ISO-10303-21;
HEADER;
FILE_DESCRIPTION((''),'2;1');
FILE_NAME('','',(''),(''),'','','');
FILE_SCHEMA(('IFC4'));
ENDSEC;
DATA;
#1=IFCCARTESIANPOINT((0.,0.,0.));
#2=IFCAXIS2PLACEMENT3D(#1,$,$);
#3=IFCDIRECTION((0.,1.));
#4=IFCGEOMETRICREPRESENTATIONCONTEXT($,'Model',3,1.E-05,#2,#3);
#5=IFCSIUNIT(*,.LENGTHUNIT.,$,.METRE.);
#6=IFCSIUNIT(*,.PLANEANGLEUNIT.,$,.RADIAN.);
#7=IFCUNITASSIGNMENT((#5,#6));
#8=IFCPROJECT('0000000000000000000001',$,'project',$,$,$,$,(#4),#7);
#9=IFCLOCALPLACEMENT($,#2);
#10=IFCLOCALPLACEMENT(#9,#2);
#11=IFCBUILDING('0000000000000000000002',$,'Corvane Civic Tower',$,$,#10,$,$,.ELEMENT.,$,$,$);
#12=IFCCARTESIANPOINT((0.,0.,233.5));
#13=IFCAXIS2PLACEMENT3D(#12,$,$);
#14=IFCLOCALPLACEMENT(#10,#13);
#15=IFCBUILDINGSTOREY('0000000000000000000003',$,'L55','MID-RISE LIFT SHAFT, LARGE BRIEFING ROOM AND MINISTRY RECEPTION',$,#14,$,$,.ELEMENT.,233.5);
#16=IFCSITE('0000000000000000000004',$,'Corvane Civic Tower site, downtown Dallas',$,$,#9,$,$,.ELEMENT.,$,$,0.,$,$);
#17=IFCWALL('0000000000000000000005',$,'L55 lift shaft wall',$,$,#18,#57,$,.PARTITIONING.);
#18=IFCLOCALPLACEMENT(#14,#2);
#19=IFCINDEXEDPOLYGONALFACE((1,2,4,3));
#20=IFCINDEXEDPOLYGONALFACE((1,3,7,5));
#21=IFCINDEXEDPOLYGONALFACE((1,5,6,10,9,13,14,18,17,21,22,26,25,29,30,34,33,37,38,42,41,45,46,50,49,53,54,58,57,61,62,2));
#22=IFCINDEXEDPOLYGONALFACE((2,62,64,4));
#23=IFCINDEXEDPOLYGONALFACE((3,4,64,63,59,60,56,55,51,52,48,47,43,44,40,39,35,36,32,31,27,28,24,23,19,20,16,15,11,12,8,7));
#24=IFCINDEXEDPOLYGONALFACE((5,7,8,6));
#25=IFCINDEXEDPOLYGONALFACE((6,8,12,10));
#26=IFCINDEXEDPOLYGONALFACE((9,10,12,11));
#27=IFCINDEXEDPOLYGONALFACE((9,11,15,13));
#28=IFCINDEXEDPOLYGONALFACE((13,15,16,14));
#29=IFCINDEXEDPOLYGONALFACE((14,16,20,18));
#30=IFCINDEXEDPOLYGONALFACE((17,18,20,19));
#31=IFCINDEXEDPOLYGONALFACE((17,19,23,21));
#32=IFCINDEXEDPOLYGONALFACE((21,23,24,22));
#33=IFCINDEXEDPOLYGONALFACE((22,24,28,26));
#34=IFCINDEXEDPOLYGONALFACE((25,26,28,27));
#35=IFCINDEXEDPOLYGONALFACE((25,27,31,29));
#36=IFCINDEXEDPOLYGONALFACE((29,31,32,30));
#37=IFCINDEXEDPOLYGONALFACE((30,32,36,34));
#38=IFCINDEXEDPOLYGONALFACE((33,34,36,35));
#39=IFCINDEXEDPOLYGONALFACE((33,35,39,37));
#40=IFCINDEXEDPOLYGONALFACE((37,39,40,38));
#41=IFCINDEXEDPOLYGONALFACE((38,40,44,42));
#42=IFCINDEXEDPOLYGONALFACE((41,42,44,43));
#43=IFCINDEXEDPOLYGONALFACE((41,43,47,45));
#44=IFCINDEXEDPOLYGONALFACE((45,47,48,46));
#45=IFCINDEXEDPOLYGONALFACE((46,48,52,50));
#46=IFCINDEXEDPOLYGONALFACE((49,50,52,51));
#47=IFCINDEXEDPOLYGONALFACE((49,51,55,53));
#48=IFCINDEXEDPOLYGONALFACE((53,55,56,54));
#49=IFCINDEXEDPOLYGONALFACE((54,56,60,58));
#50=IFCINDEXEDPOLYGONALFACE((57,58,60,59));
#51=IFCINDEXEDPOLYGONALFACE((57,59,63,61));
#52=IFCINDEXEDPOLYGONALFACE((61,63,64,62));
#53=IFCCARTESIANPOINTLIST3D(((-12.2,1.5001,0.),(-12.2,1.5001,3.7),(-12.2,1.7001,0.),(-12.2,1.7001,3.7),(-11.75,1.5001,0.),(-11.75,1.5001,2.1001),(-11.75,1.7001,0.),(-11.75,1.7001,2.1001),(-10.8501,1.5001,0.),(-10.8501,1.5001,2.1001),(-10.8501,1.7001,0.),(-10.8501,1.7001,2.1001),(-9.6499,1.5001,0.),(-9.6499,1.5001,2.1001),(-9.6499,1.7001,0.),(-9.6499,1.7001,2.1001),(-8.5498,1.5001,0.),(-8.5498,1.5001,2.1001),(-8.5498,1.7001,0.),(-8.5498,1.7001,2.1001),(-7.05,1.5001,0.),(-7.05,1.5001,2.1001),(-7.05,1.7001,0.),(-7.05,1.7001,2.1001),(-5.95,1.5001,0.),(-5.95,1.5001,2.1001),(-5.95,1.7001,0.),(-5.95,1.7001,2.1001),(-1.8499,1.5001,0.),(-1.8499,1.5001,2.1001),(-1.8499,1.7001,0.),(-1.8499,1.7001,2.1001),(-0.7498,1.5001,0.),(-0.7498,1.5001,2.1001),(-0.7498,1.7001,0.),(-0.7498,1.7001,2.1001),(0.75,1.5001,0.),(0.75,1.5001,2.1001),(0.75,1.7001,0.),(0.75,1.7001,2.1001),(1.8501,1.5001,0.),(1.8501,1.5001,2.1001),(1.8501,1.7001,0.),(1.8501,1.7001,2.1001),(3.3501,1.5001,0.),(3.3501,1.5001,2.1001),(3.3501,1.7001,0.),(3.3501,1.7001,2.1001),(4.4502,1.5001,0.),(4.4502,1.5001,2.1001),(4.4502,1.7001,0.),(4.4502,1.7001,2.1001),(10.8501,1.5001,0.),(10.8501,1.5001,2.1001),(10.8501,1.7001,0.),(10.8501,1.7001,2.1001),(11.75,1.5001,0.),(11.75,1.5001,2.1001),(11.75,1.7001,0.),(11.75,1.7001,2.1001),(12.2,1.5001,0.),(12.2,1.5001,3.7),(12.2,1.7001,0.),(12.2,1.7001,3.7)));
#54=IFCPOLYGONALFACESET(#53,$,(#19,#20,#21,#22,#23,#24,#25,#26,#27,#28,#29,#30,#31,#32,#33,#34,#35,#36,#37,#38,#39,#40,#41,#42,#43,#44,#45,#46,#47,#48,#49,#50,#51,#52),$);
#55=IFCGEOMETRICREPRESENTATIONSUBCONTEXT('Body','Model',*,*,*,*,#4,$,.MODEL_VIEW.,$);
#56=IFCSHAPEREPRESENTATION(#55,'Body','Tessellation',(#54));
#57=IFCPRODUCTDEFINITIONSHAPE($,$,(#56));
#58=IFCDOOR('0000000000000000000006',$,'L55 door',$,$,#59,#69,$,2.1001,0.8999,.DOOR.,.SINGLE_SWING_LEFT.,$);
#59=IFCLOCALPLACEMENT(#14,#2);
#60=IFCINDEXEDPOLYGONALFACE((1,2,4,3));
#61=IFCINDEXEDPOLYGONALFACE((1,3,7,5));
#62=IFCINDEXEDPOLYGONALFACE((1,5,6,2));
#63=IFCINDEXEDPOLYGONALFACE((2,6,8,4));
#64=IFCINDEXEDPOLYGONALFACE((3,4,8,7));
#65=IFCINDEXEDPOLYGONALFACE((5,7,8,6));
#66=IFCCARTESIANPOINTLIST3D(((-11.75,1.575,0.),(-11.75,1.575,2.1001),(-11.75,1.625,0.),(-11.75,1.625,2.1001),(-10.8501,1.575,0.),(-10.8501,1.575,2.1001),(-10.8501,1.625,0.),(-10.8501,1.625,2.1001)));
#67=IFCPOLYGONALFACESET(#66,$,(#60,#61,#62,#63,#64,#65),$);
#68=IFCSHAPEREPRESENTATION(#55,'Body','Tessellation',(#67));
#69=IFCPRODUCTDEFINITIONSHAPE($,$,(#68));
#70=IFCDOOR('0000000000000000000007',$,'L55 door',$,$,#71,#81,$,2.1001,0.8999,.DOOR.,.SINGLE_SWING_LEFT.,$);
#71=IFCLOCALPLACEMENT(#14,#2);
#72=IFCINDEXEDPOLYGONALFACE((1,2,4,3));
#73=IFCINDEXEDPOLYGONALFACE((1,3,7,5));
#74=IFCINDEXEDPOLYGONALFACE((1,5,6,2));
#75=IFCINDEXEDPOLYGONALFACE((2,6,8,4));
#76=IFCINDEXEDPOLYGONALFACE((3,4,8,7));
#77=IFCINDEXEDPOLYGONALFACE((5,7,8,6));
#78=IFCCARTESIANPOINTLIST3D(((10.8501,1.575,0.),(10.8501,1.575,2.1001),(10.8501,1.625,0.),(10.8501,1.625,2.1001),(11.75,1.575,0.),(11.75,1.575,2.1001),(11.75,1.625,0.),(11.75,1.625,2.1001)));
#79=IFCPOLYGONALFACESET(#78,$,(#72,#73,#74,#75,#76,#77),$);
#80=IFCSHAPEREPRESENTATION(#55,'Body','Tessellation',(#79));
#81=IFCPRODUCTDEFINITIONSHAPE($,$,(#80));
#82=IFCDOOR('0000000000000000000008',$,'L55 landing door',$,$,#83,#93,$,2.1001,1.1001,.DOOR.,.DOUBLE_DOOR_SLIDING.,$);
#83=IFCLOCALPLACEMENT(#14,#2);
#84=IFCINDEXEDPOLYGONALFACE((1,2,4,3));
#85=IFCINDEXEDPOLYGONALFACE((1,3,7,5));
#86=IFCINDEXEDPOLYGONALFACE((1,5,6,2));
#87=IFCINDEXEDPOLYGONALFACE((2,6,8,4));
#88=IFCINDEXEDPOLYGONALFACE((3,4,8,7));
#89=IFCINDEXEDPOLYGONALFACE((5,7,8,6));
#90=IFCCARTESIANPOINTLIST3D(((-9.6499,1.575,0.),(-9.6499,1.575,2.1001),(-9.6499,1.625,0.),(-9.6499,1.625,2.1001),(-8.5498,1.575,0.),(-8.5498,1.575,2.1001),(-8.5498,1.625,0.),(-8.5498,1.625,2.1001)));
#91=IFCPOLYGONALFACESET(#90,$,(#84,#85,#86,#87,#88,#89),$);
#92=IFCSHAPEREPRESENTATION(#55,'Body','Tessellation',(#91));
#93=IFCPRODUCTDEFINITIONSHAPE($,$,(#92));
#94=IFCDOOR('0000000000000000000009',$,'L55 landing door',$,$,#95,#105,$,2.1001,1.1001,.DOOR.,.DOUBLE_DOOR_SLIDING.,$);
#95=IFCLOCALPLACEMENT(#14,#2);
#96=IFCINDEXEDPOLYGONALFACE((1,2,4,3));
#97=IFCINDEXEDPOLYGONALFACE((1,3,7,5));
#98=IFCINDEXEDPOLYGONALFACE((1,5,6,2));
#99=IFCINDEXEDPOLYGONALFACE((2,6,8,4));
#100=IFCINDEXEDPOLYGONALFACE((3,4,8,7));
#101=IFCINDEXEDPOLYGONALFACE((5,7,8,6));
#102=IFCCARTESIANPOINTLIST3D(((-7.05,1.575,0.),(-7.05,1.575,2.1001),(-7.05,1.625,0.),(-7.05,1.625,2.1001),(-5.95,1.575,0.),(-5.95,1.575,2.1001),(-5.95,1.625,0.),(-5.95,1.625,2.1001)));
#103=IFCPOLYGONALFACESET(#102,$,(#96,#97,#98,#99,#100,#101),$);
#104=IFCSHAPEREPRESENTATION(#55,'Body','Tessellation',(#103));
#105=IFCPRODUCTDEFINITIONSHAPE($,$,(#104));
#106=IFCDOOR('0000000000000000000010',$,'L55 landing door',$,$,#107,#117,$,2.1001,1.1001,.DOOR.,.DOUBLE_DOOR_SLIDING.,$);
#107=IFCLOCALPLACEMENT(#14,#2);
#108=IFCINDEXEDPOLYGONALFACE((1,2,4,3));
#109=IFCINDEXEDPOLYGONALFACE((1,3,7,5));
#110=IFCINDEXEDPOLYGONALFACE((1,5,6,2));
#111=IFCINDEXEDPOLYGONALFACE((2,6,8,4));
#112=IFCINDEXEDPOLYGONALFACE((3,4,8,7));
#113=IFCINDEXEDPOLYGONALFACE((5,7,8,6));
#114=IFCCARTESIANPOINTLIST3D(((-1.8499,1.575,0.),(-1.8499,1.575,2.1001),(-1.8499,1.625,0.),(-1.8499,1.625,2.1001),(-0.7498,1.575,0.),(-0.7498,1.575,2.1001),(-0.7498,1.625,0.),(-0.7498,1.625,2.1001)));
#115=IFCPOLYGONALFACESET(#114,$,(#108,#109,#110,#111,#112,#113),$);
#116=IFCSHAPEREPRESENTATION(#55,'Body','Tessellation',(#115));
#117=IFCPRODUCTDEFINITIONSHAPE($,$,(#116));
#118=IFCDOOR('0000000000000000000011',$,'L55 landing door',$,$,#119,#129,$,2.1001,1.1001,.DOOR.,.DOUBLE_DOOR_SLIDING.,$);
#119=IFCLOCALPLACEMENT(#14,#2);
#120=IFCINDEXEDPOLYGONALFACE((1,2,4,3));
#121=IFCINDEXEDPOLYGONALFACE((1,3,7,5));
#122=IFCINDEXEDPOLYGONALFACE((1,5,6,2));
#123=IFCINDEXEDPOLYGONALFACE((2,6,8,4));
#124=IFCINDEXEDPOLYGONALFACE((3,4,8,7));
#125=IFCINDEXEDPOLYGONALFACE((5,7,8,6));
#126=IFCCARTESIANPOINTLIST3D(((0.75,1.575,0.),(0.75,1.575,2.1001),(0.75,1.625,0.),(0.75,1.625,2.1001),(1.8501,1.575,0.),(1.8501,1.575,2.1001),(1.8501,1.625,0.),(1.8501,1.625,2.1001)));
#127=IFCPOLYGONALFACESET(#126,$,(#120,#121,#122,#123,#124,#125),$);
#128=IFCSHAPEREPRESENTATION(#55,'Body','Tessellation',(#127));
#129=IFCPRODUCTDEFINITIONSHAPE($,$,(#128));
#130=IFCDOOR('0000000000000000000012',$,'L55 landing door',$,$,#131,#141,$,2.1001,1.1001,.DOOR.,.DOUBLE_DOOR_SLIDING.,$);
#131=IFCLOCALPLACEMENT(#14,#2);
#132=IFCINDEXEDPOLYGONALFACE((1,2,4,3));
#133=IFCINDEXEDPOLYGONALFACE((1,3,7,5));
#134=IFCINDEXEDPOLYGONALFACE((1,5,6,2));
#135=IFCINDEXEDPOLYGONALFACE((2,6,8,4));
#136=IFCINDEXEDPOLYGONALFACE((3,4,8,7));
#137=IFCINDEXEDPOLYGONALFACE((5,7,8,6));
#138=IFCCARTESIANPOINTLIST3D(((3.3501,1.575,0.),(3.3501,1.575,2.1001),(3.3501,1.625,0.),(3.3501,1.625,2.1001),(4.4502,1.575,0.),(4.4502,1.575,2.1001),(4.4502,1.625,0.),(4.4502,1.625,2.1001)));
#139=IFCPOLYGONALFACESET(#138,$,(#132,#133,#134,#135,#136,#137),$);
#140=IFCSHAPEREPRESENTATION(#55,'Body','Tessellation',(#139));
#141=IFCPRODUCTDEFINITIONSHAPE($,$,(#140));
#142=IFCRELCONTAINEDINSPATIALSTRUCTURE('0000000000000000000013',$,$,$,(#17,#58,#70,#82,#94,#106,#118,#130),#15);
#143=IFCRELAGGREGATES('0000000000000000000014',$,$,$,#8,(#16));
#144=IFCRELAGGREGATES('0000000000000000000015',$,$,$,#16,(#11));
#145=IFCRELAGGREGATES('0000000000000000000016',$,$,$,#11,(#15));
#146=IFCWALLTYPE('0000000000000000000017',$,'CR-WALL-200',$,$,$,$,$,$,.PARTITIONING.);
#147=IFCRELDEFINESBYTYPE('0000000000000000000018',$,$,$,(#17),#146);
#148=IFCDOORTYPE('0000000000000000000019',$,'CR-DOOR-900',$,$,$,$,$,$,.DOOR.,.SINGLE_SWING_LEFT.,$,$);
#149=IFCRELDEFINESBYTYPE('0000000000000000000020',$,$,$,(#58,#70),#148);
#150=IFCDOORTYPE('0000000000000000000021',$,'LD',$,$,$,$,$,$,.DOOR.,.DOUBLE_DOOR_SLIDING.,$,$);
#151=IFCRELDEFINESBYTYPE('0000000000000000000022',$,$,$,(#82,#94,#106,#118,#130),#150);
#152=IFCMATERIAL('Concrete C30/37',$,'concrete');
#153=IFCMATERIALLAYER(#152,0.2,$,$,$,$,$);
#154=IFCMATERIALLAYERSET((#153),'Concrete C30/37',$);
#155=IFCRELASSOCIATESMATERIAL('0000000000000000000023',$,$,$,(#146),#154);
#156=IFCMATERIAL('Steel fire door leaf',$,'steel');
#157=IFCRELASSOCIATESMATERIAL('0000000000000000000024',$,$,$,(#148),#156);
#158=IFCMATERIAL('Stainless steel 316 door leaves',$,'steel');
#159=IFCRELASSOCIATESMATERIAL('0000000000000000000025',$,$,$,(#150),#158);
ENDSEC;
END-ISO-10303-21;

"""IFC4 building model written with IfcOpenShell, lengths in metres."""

from ifc_helpers import new_model, si_unit, direction, frame, frame_2d, origin, place, context, subcontext, project, spatial, rectangle, extrude, material, layer, layer_set, type_object, element, fill, save


model = new_model("IFC4")

# Units and contexts
model_context = context("Model", 3, precision=1e-05, world=origin(), true_north=direction((0.0, 1.0)))
body_context = subcontext(model_context, "Body", "Model", "MODEL_VIEW")
ifc_project = project(units=[si_unit("LENGTHUNIT", "METRE"), si_unit("PLANEANGLEUNIT", "RADIAN")], contexts=[model_context])

# Site, building, storey
site_placement = place(None, origin())
site = spatial("IfcSite", under=ifc_project, at=site_placement, Name="Corvane Civic Tower site, downtown Dallas", CompositionType="ELEMENT", RefElevation=0.0)
building_placement = place(site_placement, origin())
building = spatial("IfcBuilding", under=site, at=building_placement, Name="Corvane Civic Tower", CompositionType="ELEMENT")
storey_placement = place(building_placement, frame((0.0, 0.0, 233.5)))
storey = spatial("IfcBuildingStorey", under=building, at=storey_placement, Name="L55", Description="MID-RISE LIFT SHAFT, LARGE BRIEFING ROOM AND MINISTRY RECEPTION", CompositionType="ELEMENT", Elevation=233.5)

# Wall, openings, doors
ifc_material_1 = material(Name="Concrete C30/37", Category="concrete")
ifc_layer_1 = layer(ifc_material_1, 0.2)
ifc_layer_set_1 = layer_set([ifc_layer_1], Name="Concrete C30/37")
wall_type_1 = type_object("IfcWallType", Name="CR-WALL-200", PredefinedType="PARTITIONING", material=ifc_layer_set_1)
wall_1_placement = place(storey_placement, frame((-12.2, 1.6001, 0.0), z_axis=(0.0, 0.0, 1.0), x_axis=(1.0, 0.0, 0.0)))
wall_1 = element("IfcWall", 1, at=wall_1_placement, inside=storey, type_object=wall_type_1, Name="L55 lift shaft wall", PredefinedType="PARTITIONING", context=body_context, shape_type="SweptSolid", body=[
    extrude(rectangle(XDim=24.3999, YDim=0.2, at=frame_2d((12.2, 0.0))), origin(), (0.0, 0.0, 1.0), 3.7),
])
opening_1_placement = place(wall_1_placement, frame((2.55, 0.0, 0.0)))
opening_1 = element("IfcOpeningElement", 2, at=opening_1_placement, cuts=wall_1, PredefinedType="OPENING", context=body_context, shape_type="SweptSolid", body=[
    extrude(rectangle(XDim=1.1001, YDim=2.1001, at=frame_2d((0.55, 1.05))), frame((0.0, 0.1099, 0.0), z_axis=(0.0, -1.0, 0.0), x_axis=(1.0, 0.0, 0.0)), (0.0, 0.0, 1.0), 0.22),
])
opening_2_placement = place(wall_1_placement, frame((5.1499, 0.0, 0.0)))
opening_2 = element("IfcOpeningElement", 3, at=opening_2_placement, cuts=wall_1, PredefinedType="OPENING", context=body_context, shape_type="SweptSolid", body=[
    extrude(rectangle(XDim=1.1001, YDim=2.1001, at=frame_2d((0.55, 1.05))), frame((0.0, 0.1099, 0.0), z_axis=(0.0, -1.0, 0.0), x_axis=(1.0, 0.0, 0.0)), (0.0, 0.0, 1.0), 0.22),
])
opening_3_placement = place(wall_1_placement, frame((10.3501, 0.0, 0.0)))
opening_3 = element("IfcOpeningElement", 4, at=opening_3_placement, cuts=wall_1, PredefinedType="OPENING", context=body_context, shape_type="SweptSolid", body=[
    extrude(rectangle(XDim=1.1001, YDim=2.1001, at=frame_2d((0.55, 1.05))), frame((0.0, 0.1099, 0.0), z_axis=(0.0, -1.0, 0.0), x_axis=(1.0, 0.0, 0.0)), (0.0, 0.0, 1.0), 0.22),
])
opening_4_placement = place(wall_1_placement, frame((12.95, 0.0, 0.0)))
opening_4 = element("IfcOpeningElement", 5, at=opening_4_placement, cuts=wall_1, PredefinedType="OPENING", context=body_context, shape_type="SweptSolid", body=[
    extrude(rectangle(XDim=1.1001, YDim=2.1001, at=frame_2d((0.55, 1.05))), frame((0.0, 0.1099, 0.0), z_axis=(0.0, -1.0, 0.0), x_axis=(1.0, 0.0, 0.0)), (0.0, 0.0, 1.0), 0.22),
])
opening_5_placement = place(wall_1_placement, frame((15.55, 0.0, 0.0)))
opening_5 = element("IfcOpeningElement", 6, at=opening_5_placement, cuts=wall_1, PredefinedType="OPENING", context=body_context, shape_type="SweptSolid", body=[
    extrude(rectangle(XDim=1.1001, YDim=2.1001, at=frame_2d((0.55, 1.05))), frame((0.0, 0.1099, 0.0), z_axis=(0.0, -1.0, 0.0), x_axis=(1.0, 0.0, 0.0)), (0.0, 0.0, 1.0), 0.22),
])
opening_6_placement = place(wall_1_placement, frame((0.45, 0.0, 0.0)))
opening_6 = element("IfcOpeningElement", 7, at=opening_6_placement, cuts=wall_1, PredefinedType="OPENING", context=body_context, shape_type="SweptSolid", body=[
    extrude(rectangle(XDim=0.8999, YDim=2.1001, at=frame_2d((0.45, 1.05))), frame((0.0, 0.1099, 0.0), z_axis=(0.0, -1.0, 0.0), x_axis=(1.0, 0.0, 0.0)), (0.0, 0.0, 1.0), 0.22),
])
opening_7_placement = place(wall_1_placement, frame((23.05, 0.0, 0.0)))
opening_7 = element("IfcOpeningElement", 8, at=opening_7_placement, cuts=wall_1, PredefinedType="OPENING", context=body_context, shape_type="SweptSolid", body=[
    extrude(rectangle(XDim=0.8999, YDim=2.1001, at=frame_2d((0.45, 1.05))), frame((0.0, 0.1099, 0.0), z_axis=(0.0, -1.0, 0.0), x_axis=(1.0, 0.0, 0.0)), (0.0, 0.0, 1.0), 0.22),
])
ifc_material_2 = material(Name="Steel fire door leaf", Category="steel")
door_type_1 = type_object("IfcDoorType", Name="CR-DOOR-900", OperationType="SINGLE_SWING_LEFT", PredefinedType="DOOR", material=ifc_material_2)
door_1_placement = place(opening_6_placement, origin())
door_1 = element("IfcDoor", 9, at=door_1_placement, inside=storey, type_object=door_type_1, Name="L55 door", OperationType="SINGLE_SWING_LEFT", OverallHeight=2.1001, OverallWidth=0.8999, PredefinedType="DOOR", context=body_context, shape_type="SweptSolid", body=[
    extrude(rectangle(XDim=0.8999, YDim=2.1001, at=frame_2d((0.45, 1.05))), frame((0.0, 0.0249, 0.0), z_axis=(0.0, -1.0, 0.0), x_axis=(1.0, 0.0, 0.0)), (0.0, 0.0, 1.0), 0.05),
])
fill(opening_6, door_1)
door_2_placement = place(opening_7_placement, origin())
door_2 = element("IfcDoor", 10, at=door_2_placement, inside=storey, type_object=door_type_1, Name="L55 door", OperationType="SINGLE_SWING_LEFT", OverallHeight=2.1001, OverallWidth=0.8999, PredefinedType="DOOR", context=body_context, shape_type="SweptSolid", body=[
    extrude(rectangle(XDim=0.8999, YDim=2.1001, at=frame_2d((0.45, 1.05))), frame((0.0, 0.0249, 0.0), z_axis=(0.0, -1.0, 0.0), x_axis=(1.0, 0.0, 0.0)), (0.0, 0.0, 1.0), 0.05),
])
fill(opening_7, door_2)
ifc_material_3 = material(Name="Stainless steel 316 door leaves", Category="steel")
door_type_2 = type_object("IfcDoorType", Name="LD", OperationType="DOUBLE_DOOR_SLIDING", PredefinedType="DOOR", material=ifc_material_3)
door_3_placement = place(opening_1_placement, origin())
door_3 = element("IfcDoor", 11, at=door_3_placement, inside=storey, type_object=door_type_2, Name="L55 landing door", OperationType="DOUBLE_DOOR_SLIDING", OverallHeight=2.1001, OverallWidth=1.1001, PredefinedType="DOOR", context=body_context, shape_type="SweptSolid", body=[
    extrude(rectangle(XDim=1.1001, YDim=2.1001, at=frame_2d((0.55, 1.05))), frame((0.0, 0.0249, 0.0), z_axis=(0.0, -1.0, 0.0), x_axis=(1.0, 0.0, 0.0)), (0.0, 0.0, 1.0), 0.05),
])
fill(opening_1, door_3)
door_4_placement = place(opening_2_placement, origin())
door_4 = element("IfcDoor", 12, at=door_4_placement, inside=storey, type_object=door_type_2, Name="L55 landing door", OperationType="DOUBLE_DOOR_SLIDING", OverallHeight=2.1001, OverallWidth=1.1001, PredefinedType="DOOR", context=body_context, shape_type="SweptSolid", body=[
    extrude(rectangle(XDim=1.1001, YDim=2.1001, at=frame_2d((0.55, 1.05))), frame((0.0, 0.0249, 0.0), z_axis=(0.0, -1.0, 0.0), x_axis=(1.0, 0.0, 0.0)), (0.0, 0.0, 1.0), 0.05),
])
fill(opening_2, door_4)
door_5_placement = place(opening_3_placement, origin())
door_5 = element("IfcDoor", 13, at=door_5_placement, inside=storey, type_object=door_type_2, Name="L55 landing door", OperationType="DOUBLE_DOOR_SLIDING", OverallHeight=2.1001, OverallWidth=1.1001, PredefinedType="DOOR", context=body_context, shape_type="SweptSolid", body=[
    extrude(rectangle(XDim=1.1001, YDim=2.1001, at=frame_2d((0.55, 1.05))), frame((0.0, 0.0249, 0.0), z_axis=(0.0, -1.0, 0.0), x_axis=(1.0, 0.0, 0.0)), (0.0, 0.0, 1.0), 0.05),
])
fill(opening_3, door_5)
door_6_placement = place(opening_4_placement, origin())
door_6 = element("IfcDoor", 14, at=door_6_placement, inside=storey, type_object=door_type_2, Name="L55 landing door", OperationType="DOUBLE_DOOR_SLIDING", OverallHeight=2.1001, OverallWidth=1.1001, PredefinedType="DOOR", context=body_context, shape_type="SweptSolid", body=[
    extrude(rectangle(XDim=1.1001, YDim=2.1001, at=frame_2d((0.55, 1.05))), frame((0.0, 0.0249, 0.0), z_axis=(0.0, -1.0, 0.0), x_axis=(1.0, 0.0, 0.0)), (0.0, 0.0, 1.0), 0.05),
])
fill(opening_4, door_6)
door_7_placement = place(opening_5_placement, origin())
door_7 = element("IfcDoor", 15, at=door_7_placement, inside=storey, type_object=door_type_2, Name="L55 landing door", OperationType="DOUBLE_DOOR_SLIDING", OverallHeight=2.1001, OverallWidth=1.1001, PredefinedType="DOOR", context=body_context, shape_type="SweptSolid", body=[
    extrude(rectangle(XDim=1.1001, YDim=2.1001, at=frame_2d((0.55, 1.05))), frame((0.0, 0.0249, 0.0), z_axis=(0.0, -1.0, 0.0), x_axis=(1.0, 0.0, 0.0)), (0.0, 0.0, 1.0), 0.05),
])
fill(opening_5, door_7)

save(model, "model.ifc")
